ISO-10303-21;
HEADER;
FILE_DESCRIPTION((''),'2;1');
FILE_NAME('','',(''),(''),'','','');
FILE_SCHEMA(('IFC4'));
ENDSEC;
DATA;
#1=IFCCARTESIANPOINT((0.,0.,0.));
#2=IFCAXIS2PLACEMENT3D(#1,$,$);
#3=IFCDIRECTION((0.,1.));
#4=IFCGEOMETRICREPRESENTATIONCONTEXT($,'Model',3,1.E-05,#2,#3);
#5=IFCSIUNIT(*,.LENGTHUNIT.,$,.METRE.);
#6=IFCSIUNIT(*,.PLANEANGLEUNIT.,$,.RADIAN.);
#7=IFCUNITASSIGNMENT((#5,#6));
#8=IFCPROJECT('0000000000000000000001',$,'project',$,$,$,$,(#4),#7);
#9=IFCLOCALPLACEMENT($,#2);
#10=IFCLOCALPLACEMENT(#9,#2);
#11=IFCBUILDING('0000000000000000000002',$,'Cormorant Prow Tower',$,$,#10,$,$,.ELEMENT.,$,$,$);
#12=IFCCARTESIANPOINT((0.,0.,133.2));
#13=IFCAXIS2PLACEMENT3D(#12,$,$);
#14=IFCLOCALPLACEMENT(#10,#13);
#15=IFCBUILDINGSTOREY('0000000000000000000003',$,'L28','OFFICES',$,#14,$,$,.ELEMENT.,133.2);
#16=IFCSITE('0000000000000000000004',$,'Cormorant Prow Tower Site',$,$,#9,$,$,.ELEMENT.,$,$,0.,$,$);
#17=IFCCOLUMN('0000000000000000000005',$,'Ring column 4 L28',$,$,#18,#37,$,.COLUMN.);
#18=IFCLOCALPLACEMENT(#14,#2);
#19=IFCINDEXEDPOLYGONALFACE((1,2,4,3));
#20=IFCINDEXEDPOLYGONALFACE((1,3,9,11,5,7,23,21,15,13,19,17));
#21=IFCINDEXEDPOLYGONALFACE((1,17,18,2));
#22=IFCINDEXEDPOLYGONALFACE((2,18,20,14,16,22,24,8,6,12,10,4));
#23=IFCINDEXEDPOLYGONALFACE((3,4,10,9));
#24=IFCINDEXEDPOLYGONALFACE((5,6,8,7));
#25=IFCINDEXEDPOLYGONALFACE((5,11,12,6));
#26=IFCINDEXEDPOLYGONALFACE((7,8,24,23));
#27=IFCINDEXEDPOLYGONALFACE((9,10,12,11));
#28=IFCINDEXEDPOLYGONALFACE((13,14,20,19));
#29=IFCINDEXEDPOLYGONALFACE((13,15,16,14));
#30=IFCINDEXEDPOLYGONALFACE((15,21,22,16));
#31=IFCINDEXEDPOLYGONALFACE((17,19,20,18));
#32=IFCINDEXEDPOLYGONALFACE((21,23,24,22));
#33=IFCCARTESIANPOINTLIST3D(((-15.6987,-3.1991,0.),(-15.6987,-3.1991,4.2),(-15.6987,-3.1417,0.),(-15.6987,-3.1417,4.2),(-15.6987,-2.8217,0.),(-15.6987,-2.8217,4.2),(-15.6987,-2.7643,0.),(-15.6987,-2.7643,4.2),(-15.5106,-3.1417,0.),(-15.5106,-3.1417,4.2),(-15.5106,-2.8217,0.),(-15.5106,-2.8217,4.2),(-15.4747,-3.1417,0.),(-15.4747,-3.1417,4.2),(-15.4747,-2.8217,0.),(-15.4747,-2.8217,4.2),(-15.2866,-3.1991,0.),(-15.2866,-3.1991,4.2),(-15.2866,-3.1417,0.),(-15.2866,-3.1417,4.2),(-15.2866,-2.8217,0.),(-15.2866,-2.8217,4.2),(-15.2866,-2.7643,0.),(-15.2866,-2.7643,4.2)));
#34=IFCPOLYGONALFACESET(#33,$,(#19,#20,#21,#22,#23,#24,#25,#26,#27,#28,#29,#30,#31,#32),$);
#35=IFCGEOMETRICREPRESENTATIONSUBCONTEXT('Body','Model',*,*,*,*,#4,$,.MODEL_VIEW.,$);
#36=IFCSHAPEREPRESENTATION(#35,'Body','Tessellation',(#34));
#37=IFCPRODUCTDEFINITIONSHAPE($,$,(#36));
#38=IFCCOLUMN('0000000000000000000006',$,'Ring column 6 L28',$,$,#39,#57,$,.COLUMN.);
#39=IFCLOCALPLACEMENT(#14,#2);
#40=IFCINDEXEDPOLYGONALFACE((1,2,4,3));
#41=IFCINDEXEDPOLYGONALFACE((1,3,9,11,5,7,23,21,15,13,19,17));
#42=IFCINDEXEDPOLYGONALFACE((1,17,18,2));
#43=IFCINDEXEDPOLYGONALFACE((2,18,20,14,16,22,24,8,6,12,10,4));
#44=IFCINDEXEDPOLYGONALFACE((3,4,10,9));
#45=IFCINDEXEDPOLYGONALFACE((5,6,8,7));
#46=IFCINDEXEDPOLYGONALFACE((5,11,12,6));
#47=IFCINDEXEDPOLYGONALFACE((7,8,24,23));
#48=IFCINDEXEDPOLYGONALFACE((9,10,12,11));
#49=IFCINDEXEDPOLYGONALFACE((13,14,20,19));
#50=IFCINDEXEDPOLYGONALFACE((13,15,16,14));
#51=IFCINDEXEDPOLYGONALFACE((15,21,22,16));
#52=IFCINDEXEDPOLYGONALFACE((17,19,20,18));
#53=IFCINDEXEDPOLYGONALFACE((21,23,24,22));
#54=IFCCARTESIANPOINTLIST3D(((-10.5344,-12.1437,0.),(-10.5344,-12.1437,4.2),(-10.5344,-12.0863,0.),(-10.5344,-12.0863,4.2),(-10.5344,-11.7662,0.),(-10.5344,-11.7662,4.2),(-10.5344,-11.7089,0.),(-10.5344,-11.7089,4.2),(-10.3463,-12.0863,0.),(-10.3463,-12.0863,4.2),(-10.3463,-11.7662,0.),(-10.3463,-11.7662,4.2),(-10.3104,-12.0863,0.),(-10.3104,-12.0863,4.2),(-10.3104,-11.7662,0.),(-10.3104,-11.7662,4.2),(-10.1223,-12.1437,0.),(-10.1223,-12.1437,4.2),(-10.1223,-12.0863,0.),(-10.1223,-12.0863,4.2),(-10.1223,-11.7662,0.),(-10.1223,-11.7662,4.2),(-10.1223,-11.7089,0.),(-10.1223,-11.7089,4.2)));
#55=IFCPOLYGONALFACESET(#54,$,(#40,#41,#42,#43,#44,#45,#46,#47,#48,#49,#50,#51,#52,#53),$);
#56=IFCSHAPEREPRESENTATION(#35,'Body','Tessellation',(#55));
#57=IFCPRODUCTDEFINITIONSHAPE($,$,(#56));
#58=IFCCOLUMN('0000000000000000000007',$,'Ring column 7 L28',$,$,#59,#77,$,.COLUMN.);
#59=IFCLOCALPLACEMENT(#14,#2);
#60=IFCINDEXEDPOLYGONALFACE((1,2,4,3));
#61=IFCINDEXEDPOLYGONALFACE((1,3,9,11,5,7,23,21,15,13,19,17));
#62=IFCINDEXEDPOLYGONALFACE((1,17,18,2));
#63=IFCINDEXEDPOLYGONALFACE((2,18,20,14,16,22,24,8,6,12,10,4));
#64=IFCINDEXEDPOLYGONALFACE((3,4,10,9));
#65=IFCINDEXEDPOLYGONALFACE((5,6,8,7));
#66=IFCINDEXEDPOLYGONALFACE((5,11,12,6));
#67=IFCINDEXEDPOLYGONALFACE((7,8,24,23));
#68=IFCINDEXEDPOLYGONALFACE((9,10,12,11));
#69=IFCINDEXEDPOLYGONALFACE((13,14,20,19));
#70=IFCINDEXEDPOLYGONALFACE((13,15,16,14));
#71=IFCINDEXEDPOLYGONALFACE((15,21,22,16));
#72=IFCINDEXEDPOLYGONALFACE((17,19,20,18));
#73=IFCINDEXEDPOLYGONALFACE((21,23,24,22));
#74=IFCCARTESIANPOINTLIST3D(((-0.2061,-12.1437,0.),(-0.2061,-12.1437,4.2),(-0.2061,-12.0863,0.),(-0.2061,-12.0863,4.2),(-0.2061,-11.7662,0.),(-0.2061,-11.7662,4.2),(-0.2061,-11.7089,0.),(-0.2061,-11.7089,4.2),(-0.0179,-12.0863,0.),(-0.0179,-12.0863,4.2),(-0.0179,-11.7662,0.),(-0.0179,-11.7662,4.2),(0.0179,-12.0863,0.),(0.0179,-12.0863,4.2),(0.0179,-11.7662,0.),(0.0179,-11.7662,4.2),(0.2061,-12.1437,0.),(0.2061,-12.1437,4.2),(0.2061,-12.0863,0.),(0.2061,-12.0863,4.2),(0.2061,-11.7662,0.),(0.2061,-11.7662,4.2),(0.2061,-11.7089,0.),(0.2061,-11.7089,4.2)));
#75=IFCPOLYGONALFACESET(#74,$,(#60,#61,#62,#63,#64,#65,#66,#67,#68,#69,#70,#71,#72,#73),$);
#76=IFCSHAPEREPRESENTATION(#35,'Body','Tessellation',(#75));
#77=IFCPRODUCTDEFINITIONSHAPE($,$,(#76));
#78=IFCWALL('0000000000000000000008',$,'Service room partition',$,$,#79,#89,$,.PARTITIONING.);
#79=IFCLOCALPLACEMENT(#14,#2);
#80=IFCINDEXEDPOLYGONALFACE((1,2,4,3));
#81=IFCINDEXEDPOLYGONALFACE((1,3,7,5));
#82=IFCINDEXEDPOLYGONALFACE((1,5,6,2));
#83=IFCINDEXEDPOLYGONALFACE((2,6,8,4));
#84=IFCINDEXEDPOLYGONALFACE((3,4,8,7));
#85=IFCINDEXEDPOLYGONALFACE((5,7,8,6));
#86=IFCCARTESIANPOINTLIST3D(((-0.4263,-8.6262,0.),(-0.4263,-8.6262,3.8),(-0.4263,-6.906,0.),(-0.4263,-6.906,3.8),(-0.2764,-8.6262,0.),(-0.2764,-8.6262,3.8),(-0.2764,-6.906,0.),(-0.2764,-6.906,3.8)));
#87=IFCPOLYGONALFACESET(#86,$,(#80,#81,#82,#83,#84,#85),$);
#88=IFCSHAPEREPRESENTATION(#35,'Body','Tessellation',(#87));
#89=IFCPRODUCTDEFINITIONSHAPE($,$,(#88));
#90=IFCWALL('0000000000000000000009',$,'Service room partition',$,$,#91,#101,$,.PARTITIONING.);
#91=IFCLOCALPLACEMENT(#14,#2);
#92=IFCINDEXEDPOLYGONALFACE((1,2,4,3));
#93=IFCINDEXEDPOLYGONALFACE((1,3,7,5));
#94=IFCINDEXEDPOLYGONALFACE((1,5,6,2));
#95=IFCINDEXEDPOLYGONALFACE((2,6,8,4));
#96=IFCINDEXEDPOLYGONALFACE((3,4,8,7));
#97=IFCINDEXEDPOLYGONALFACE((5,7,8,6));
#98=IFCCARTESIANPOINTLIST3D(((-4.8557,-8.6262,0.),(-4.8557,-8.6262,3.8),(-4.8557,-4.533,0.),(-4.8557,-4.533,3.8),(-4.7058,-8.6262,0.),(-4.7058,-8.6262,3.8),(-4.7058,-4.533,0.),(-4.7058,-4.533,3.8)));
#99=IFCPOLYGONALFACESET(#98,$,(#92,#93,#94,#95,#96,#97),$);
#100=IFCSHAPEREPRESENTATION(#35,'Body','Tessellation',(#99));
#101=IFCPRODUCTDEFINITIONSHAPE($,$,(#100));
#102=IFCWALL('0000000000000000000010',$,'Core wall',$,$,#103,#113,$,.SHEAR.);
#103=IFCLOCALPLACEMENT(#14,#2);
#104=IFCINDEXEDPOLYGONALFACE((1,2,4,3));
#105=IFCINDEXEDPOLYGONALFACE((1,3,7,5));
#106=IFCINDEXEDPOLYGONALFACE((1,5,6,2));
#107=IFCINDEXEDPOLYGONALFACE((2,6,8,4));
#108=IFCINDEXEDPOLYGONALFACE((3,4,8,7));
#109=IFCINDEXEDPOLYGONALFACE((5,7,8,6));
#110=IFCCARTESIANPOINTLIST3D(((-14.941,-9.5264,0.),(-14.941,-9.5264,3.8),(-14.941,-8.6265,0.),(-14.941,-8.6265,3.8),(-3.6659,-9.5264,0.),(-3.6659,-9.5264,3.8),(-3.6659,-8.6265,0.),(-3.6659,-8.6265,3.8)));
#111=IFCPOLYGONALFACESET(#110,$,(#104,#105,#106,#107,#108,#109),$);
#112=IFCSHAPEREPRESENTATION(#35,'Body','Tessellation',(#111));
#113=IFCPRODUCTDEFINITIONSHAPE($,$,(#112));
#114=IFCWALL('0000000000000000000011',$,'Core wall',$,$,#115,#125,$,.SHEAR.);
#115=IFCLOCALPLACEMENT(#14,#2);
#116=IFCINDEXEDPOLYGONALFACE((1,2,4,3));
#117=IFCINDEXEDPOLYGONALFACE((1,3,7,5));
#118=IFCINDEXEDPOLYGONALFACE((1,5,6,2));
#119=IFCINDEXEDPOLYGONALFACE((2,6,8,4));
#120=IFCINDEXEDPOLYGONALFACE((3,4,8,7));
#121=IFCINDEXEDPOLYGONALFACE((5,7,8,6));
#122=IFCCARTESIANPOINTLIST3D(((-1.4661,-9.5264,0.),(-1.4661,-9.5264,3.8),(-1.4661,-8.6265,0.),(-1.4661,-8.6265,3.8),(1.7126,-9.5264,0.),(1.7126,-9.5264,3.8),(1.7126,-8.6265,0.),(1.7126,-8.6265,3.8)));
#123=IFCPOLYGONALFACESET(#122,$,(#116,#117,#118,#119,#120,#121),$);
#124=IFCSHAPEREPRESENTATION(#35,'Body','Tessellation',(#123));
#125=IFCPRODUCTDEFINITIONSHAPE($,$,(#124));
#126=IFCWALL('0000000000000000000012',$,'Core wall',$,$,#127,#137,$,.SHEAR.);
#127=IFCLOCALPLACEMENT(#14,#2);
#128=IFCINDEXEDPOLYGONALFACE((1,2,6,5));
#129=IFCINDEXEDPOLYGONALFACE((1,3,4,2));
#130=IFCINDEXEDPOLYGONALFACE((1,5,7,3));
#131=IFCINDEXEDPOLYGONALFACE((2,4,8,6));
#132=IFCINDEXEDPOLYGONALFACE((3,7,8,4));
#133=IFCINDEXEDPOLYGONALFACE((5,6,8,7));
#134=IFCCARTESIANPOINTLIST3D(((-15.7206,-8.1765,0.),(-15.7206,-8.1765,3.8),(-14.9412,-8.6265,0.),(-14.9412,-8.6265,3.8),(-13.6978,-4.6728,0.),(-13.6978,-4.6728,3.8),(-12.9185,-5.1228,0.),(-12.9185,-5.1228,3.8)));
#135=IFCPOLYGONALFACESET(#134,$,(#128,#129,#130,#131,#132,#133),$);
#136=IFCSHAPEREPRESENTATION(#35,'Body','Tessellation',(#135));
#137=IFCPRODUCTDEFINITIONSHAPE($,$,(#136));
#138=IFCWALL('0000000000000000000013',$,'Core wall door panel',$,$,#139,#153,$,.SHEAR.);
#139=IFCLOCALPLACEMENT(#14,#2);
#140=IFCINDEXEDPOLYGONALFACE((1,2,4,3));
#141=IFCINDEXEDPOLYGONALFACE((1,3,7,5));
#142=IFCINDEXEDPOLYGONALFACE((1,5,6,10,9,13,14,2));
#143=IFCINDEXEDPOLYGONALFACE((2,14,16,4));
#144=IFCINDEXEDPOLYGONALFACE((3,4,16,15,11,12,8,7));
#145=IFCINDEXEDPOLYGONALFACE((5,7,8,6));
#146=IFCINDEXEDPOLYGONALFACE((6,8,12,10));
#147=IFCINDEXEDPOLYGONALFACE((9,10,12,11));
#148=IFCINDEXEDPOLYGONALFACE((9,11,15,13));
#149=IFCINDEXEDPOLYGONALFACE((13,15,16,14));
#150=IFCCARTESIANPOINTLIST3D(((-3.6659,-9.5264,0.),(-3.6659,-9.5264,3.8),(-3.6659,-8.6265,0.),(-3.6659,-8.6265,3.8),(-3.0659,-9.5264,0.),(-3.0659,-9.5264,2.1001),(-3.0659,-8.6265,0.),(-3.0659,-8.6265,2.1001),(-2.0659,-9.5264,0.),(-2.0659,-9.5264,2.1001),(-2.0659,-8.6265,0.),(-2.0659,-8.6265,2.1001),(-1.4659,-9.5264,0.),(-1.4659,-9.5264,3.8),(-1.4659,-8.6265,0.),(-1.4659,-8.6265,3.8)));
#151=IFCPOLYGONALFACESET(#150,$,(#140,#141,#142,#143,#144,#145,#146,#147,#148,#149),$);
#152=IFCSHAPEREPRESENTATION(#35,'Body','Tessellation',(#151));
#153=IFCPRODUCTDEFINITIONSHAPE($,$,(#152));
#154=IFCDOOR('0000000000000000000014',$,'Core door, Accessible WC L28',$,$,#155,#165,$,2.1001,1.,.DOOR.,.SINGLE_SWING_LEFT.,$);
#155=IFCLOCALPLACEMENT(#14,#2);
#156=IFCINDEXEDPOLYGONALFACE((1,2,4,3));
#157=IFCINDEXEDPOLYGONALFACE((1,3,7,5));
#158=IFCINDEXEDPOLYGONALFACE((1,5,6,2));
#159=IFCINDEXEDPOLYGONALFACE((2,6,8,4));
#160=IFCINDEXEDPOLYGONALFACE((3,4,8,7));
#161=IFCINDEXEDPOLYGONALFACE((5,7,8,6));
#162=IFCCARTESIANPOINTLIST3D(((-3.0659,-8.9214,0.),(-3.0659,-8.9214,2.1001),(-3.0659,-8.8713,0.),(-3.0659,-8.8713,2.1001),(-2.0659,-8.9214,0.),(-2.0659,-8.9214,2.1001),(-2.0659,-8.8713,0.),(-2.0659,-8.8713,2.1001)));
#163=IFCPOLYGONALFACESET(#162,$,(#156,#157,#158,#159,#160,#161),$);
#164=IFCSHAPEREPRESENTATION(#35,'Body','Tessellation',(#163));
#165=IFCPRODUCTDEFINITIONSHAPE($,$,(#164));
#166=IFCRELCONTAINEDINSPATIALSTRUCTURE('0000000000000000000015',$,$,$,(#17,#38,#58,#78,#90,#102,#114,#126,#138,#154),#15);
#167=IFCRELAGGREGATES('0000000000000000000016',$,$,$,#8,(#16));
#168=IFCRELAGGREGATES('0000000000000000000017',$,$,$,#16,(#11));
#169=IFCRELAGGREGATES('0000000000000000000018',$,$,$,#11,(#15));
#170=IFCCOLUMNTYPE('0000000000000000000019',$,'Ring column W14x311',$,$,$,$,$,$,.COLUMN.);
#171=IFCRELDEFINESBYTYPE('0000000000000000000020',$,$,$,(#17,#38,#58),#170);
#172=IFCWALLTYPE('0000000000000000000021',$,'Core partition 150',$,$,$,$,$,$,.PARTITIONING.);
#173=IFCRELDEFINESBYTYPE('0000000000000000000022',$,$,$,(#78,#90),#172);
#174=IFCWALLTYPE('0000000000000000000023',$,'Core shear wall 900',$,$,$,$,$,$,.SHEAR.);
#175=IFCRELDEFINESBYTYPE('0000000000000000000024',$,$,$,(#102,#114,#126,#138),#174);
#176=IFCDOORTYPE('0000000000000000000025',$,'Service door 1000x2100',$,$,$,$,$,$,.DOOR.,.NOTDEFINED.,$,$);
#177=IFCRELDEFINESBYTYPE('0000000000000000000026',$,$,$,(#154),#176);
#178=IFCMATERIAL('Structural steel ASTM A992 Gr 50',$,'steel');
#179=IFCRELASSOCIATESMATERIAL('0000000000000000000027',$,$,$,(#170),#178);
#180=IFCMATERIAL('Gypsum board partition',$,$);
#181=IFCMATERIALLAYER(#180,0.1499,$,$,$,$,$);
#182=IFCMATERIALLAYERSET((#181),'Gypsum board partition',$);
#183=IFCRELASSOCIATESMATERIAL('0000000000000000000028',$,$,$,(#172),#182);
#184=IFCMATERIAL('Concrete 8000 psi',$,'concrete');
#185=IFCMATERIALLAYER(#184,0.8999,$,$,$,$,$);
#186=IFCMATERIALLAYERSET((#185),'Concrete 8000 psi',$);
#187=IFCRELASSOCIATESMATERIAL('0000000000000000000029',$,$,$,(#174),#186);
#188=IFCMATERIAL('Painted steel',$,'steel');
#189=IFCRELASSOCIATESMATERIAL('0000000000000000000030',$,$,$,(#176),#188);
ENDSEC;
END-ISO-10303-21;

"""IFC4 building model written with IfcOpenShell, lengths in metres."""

from ifc_helpers import new_model, si_unit, direction, frame, frame_2d, origin, origin_2d, place, context, subcontext, project, spatial, rectangle, i_section, extrude, material, layer, layer_set, material_profile, profile_set, type_object, element, fill, save


model = new_model("IFC4")

# Units and contexts
model_context = context("Model", 3, precision=1e-05, world=origin(), true_north=direction((0.0, 1.0)))
body_context = subcontext(model_context, "Body", "Model", "MODEL_VIEW")
ifc_project = project(units=[si_unit("LENGTHUNIT", "METRE"), si_unit("PLANEANGLEUNIT", "RADIAN")], contexts=[model_context])

# Site, building, storey
site_placement = place(None, origin())
site = spatial("IfcSite", under=ifc_project, at=site_placement, Name="Cormorant Prow Tower Site", CompositionType="ELEMENT", RefElevation=0.0)
building_placement = place(site_placement, origin())
building = spatial("IfcBuilding", under=site, at=building_placement, Name="Cormorant Prow Tower", CompositionType="ELEMENT")
storey_placement = place(building_placement, frame((0.0, 0.0, 133.2)))
storey = spatial("IfcBuildingStorey", under=building, at=storey_placement, Name="L28", Description="OFFICES", CompositionType="ELEMENT", Elevation=133.2)

# Columns
ifc_material_1 = material(Name="Structural steel ASTM A992 Gr 50", Category="steel")
ifc_material_profile = material_profile(ifc_material_1, i_section(OverallWidth=0.4121, OverallDepth=0.4348, WebThickness=0.0359, FlangeThickness=0.0574, at=origin_2d()), Name="W14x311")
ifc_profile_set = profile_set([ifc_material_profile], Name="Structural steel ASTM A992 Gr 50")
column_type = type_object("IfcColumnType", Name="Ring column W14x311", PredefinedType="COLUMN", material=ifc_profile_set)
for number, where, z_axis, x_axis, name in (
    (1, (-15.4927, -2.9817, 0.0), (0.0, 0.0, 1.0), (1.0, 0.0, 0.0), "Ring column 4 L28"),
    (2, (-10.3284, -11.9263, 0.0), (0.0, 0.0, 1.0), (1.0, 0.0, 0.0), "Ring column 6 L28"),
    (3, (0.0, -11.9263, 0.0), (0.0, 0.0, 1.0), (1.0, 0.0, 0.0), "Ring column 7 L28"),
):
    element("IfcColumn", number, at=place(storey_placement, frame(where, z_axis=z_axis, x_axis=x_axis)), inside=storey, type_object=column_type, Name=name, PredefinedType="COLUMN", context=body_context, shape_type="SweptSolid", body=[
        extrude(i_section(OverallWidth=0.4121, OverallDepth=0.4348, WebThickness=0.0359, FlangeThickness=0.0574, at=origin_2d()), origin(), (0.0, 0.0, 1.0), 4.2),
    ])

# Walls
ifc_material_2 = material(Name="Gypsum board partition")
ifc_layer_1 = layer(ifc_material_2, 0.1499)
ifc_layer_set_1 = layer_set([ifc_layer_1], Name="Gypsum board partition")
wall_type_1 = type_object("IfcWallType", Name="Core partition 150", PredefinedType="PARTITIONING", material=ifc_layer_set_1)
wall_1_placement = place(storey_placement, frame((-0.3513, -8.6262, 0.0), z_axis=(0.0, 0.0, 1.0), x_axis=(0.0, 1.0, 0.0)))
element("IfcWall", 4, at=wall_1_placement, inside=storey, type_object=wall_type_1, Name="Service room partition", PredefinedType="PARTITIONING", context=body_context, shape_type="SweptSolid", body=[
    extrude(rectangle(XDim=1.7202, YDim=0.1499, at=frame_2d((0.8601, 0.0))), origin(), (0.0, 0.0, 1.0), 3.8),
])
wall_2_placement = place(storey_placement, frame((-4.7808, -8.6262, 0.0), z_axis=(0.0, 0.0, 1.0), x_axis=(0.0, 1.0, 0.0)))
element("IfcWall", 5, at=wall_2_placement, inside=storey, type_object=wall_type_1, Name="Service room partition", PredefinedType="PARTITIONING", context=body_context, shape_type="SweptSolid", body=[
    extrude(rectangle(XDim=4.0933, YDim=0.1499, at=frame_2d((2.0466, 0.0))), origin(), (0.0, 0.0, 1.0), 3.8),
])
ifc_material_3 = material(Name="Concrete 8000 psi", Category="concrete")
ifc_layer_2 = layer(ifc_material_3, 0.8999)
ifc_layer_set_2 = layer_set([ifc_layer_2], Name="Concrete 8000 psi")
wall_type_2 = type_object("IfcWallType", Name="Core shear wall 900", PredefinedType="SHEAR", material=ifc_layer_set_2)
wall_3_placement = place(storey_placement, frame((-14.9412, -9.0764, 0.0), z_axis=(0.0, 0.0, 1.0), x_axis=(1.0, 0.0, 0.0)))
element("IfcWall", 6, at=wall_3_placement, inside=storey, type_object=wall_type_2, Name="Core wall", PredefinedType="SHEAR", context=body_context, shape_type="SweptSolid", body=[
    extrude(rectangle(XDim=11.2751, YDim=0.8999, at=frame_2d((5.6377, 0.0))), origin(), (0.0, 0.0, 1.0), 3.8),
])
wall_4_placement = place(storey_placement, frame((-1.4661, -9.0764, 0.0), z_axis=(0.0, 0.0, 1.0), x_axis=(1.0, 0.0, 0.0)))
element("IfcWall", 7, at=wall_4_placement, inside=storey, type_object=wall_type_2, Name="Core wall", PredefinedType="SHEAR", context=body_context, shape_type="SweptSolid", body=[
    extrude(rectangle(XDim=3.1787, YDim=0.8999, at=frame_2d((1.5894, 0.0))), origin(), (0.0, 0.0, 1.0), 3.8),
])
wall_5_placement = place(storey_placement, frame((-13.3081, -4.8977, 0.0), z_axis=(0.0, 0.0, 1.0), x_axis=(-0.499975, -0.86604, 0.0)))
element("IfcWall", 8, at=wall_5_placement, inside=storey, type_object=wall_type_2, Name="Core wall", PredefinedType="SHEAR", context=body_context, shape_type="SweptSolid", body=[
    extrude(rectangle(XDim=4.0457, YDim=0.8999, at=frame_2d((2.0229, 0.0))), origin(), (0.0, 0.0, 1.0), 3.8),
])

# Wall, opening, door
wall_6_placement = place(storey_placement, frame((-3.666, -9.0764, 0.0), z_axis=(0.0, 0.0, 1.0), x_axis=(1.0, 0.0, 0.0)))
wall_6 = element("IfcWall", 9, at=wall_6_placement, inside=storey, type_object=wall_type_2, Name="Core wall door panel", PredefinedType="SHEAR", context=body_context, shape_type="SweptSolid", body=[
    extrude(rectangle(XDim=2.2, YDim=0.8999, at=frame_2d((1.1001, 0.0))), origin(), (0.0, 0.0, 1.0), 3.8),
])
opening_1_placement = place(wall_6_placement, frame((0.6001, 0.0, 0.0)))
opening_1 = element("IfcOpeningElement", 10, at=opening_1_placement, cuts=wall_6, PredefinedType="OPENING", context=body_context, shape_type="SweptSolid", body=[
    extrude(rectangle(XDim=1.0, YDim=2.1001, at=frame_2d((0.5, 1.05))), frame((0.0, 0.46, 0.0), z_axis=(0.0, -1.0, 0.0), x_axis=(1.0, 0.0, 0.0)), (0.0, 0.0, 1.0), 0.9199),
])
ifc_material_4 = material(Name="Painted steel", Category="steel")
door_type_1 = type_object("IfcDoorType", Name="Service door 1000x2100", OperationType="NOTDEFINED", PredefinedType="DOOR", material=ifc_material_4)
door_1_placement = place(opening_1_placement, origin())
door_1 = element("IfcDoor", 11, at=door_1_placement, inside=storey, type_object=door_type_1, Name="Core door, Accessible WC L28", OperationType="SINGLE_SWING_LEFT", OverallHeight=2.1001, OverallWidth=1.0, PredefinedType="DOOR", context=body_context, shape_type="SweptSolid", body=[
    extrude(rectangle(XDim=1.0, YDim=2.1001, at=frame_2d((0.5, 1.05))), frame((0.0, 0.2051, 0.0), z_axis=(0.0, -1.0, 0.0), x_axis=(1.0, 0.0, 0.0)), (0.0, 0.0, 1.0), 0.05),
])
fill(opening_1, door_1)

save(model, "model.ifc")
